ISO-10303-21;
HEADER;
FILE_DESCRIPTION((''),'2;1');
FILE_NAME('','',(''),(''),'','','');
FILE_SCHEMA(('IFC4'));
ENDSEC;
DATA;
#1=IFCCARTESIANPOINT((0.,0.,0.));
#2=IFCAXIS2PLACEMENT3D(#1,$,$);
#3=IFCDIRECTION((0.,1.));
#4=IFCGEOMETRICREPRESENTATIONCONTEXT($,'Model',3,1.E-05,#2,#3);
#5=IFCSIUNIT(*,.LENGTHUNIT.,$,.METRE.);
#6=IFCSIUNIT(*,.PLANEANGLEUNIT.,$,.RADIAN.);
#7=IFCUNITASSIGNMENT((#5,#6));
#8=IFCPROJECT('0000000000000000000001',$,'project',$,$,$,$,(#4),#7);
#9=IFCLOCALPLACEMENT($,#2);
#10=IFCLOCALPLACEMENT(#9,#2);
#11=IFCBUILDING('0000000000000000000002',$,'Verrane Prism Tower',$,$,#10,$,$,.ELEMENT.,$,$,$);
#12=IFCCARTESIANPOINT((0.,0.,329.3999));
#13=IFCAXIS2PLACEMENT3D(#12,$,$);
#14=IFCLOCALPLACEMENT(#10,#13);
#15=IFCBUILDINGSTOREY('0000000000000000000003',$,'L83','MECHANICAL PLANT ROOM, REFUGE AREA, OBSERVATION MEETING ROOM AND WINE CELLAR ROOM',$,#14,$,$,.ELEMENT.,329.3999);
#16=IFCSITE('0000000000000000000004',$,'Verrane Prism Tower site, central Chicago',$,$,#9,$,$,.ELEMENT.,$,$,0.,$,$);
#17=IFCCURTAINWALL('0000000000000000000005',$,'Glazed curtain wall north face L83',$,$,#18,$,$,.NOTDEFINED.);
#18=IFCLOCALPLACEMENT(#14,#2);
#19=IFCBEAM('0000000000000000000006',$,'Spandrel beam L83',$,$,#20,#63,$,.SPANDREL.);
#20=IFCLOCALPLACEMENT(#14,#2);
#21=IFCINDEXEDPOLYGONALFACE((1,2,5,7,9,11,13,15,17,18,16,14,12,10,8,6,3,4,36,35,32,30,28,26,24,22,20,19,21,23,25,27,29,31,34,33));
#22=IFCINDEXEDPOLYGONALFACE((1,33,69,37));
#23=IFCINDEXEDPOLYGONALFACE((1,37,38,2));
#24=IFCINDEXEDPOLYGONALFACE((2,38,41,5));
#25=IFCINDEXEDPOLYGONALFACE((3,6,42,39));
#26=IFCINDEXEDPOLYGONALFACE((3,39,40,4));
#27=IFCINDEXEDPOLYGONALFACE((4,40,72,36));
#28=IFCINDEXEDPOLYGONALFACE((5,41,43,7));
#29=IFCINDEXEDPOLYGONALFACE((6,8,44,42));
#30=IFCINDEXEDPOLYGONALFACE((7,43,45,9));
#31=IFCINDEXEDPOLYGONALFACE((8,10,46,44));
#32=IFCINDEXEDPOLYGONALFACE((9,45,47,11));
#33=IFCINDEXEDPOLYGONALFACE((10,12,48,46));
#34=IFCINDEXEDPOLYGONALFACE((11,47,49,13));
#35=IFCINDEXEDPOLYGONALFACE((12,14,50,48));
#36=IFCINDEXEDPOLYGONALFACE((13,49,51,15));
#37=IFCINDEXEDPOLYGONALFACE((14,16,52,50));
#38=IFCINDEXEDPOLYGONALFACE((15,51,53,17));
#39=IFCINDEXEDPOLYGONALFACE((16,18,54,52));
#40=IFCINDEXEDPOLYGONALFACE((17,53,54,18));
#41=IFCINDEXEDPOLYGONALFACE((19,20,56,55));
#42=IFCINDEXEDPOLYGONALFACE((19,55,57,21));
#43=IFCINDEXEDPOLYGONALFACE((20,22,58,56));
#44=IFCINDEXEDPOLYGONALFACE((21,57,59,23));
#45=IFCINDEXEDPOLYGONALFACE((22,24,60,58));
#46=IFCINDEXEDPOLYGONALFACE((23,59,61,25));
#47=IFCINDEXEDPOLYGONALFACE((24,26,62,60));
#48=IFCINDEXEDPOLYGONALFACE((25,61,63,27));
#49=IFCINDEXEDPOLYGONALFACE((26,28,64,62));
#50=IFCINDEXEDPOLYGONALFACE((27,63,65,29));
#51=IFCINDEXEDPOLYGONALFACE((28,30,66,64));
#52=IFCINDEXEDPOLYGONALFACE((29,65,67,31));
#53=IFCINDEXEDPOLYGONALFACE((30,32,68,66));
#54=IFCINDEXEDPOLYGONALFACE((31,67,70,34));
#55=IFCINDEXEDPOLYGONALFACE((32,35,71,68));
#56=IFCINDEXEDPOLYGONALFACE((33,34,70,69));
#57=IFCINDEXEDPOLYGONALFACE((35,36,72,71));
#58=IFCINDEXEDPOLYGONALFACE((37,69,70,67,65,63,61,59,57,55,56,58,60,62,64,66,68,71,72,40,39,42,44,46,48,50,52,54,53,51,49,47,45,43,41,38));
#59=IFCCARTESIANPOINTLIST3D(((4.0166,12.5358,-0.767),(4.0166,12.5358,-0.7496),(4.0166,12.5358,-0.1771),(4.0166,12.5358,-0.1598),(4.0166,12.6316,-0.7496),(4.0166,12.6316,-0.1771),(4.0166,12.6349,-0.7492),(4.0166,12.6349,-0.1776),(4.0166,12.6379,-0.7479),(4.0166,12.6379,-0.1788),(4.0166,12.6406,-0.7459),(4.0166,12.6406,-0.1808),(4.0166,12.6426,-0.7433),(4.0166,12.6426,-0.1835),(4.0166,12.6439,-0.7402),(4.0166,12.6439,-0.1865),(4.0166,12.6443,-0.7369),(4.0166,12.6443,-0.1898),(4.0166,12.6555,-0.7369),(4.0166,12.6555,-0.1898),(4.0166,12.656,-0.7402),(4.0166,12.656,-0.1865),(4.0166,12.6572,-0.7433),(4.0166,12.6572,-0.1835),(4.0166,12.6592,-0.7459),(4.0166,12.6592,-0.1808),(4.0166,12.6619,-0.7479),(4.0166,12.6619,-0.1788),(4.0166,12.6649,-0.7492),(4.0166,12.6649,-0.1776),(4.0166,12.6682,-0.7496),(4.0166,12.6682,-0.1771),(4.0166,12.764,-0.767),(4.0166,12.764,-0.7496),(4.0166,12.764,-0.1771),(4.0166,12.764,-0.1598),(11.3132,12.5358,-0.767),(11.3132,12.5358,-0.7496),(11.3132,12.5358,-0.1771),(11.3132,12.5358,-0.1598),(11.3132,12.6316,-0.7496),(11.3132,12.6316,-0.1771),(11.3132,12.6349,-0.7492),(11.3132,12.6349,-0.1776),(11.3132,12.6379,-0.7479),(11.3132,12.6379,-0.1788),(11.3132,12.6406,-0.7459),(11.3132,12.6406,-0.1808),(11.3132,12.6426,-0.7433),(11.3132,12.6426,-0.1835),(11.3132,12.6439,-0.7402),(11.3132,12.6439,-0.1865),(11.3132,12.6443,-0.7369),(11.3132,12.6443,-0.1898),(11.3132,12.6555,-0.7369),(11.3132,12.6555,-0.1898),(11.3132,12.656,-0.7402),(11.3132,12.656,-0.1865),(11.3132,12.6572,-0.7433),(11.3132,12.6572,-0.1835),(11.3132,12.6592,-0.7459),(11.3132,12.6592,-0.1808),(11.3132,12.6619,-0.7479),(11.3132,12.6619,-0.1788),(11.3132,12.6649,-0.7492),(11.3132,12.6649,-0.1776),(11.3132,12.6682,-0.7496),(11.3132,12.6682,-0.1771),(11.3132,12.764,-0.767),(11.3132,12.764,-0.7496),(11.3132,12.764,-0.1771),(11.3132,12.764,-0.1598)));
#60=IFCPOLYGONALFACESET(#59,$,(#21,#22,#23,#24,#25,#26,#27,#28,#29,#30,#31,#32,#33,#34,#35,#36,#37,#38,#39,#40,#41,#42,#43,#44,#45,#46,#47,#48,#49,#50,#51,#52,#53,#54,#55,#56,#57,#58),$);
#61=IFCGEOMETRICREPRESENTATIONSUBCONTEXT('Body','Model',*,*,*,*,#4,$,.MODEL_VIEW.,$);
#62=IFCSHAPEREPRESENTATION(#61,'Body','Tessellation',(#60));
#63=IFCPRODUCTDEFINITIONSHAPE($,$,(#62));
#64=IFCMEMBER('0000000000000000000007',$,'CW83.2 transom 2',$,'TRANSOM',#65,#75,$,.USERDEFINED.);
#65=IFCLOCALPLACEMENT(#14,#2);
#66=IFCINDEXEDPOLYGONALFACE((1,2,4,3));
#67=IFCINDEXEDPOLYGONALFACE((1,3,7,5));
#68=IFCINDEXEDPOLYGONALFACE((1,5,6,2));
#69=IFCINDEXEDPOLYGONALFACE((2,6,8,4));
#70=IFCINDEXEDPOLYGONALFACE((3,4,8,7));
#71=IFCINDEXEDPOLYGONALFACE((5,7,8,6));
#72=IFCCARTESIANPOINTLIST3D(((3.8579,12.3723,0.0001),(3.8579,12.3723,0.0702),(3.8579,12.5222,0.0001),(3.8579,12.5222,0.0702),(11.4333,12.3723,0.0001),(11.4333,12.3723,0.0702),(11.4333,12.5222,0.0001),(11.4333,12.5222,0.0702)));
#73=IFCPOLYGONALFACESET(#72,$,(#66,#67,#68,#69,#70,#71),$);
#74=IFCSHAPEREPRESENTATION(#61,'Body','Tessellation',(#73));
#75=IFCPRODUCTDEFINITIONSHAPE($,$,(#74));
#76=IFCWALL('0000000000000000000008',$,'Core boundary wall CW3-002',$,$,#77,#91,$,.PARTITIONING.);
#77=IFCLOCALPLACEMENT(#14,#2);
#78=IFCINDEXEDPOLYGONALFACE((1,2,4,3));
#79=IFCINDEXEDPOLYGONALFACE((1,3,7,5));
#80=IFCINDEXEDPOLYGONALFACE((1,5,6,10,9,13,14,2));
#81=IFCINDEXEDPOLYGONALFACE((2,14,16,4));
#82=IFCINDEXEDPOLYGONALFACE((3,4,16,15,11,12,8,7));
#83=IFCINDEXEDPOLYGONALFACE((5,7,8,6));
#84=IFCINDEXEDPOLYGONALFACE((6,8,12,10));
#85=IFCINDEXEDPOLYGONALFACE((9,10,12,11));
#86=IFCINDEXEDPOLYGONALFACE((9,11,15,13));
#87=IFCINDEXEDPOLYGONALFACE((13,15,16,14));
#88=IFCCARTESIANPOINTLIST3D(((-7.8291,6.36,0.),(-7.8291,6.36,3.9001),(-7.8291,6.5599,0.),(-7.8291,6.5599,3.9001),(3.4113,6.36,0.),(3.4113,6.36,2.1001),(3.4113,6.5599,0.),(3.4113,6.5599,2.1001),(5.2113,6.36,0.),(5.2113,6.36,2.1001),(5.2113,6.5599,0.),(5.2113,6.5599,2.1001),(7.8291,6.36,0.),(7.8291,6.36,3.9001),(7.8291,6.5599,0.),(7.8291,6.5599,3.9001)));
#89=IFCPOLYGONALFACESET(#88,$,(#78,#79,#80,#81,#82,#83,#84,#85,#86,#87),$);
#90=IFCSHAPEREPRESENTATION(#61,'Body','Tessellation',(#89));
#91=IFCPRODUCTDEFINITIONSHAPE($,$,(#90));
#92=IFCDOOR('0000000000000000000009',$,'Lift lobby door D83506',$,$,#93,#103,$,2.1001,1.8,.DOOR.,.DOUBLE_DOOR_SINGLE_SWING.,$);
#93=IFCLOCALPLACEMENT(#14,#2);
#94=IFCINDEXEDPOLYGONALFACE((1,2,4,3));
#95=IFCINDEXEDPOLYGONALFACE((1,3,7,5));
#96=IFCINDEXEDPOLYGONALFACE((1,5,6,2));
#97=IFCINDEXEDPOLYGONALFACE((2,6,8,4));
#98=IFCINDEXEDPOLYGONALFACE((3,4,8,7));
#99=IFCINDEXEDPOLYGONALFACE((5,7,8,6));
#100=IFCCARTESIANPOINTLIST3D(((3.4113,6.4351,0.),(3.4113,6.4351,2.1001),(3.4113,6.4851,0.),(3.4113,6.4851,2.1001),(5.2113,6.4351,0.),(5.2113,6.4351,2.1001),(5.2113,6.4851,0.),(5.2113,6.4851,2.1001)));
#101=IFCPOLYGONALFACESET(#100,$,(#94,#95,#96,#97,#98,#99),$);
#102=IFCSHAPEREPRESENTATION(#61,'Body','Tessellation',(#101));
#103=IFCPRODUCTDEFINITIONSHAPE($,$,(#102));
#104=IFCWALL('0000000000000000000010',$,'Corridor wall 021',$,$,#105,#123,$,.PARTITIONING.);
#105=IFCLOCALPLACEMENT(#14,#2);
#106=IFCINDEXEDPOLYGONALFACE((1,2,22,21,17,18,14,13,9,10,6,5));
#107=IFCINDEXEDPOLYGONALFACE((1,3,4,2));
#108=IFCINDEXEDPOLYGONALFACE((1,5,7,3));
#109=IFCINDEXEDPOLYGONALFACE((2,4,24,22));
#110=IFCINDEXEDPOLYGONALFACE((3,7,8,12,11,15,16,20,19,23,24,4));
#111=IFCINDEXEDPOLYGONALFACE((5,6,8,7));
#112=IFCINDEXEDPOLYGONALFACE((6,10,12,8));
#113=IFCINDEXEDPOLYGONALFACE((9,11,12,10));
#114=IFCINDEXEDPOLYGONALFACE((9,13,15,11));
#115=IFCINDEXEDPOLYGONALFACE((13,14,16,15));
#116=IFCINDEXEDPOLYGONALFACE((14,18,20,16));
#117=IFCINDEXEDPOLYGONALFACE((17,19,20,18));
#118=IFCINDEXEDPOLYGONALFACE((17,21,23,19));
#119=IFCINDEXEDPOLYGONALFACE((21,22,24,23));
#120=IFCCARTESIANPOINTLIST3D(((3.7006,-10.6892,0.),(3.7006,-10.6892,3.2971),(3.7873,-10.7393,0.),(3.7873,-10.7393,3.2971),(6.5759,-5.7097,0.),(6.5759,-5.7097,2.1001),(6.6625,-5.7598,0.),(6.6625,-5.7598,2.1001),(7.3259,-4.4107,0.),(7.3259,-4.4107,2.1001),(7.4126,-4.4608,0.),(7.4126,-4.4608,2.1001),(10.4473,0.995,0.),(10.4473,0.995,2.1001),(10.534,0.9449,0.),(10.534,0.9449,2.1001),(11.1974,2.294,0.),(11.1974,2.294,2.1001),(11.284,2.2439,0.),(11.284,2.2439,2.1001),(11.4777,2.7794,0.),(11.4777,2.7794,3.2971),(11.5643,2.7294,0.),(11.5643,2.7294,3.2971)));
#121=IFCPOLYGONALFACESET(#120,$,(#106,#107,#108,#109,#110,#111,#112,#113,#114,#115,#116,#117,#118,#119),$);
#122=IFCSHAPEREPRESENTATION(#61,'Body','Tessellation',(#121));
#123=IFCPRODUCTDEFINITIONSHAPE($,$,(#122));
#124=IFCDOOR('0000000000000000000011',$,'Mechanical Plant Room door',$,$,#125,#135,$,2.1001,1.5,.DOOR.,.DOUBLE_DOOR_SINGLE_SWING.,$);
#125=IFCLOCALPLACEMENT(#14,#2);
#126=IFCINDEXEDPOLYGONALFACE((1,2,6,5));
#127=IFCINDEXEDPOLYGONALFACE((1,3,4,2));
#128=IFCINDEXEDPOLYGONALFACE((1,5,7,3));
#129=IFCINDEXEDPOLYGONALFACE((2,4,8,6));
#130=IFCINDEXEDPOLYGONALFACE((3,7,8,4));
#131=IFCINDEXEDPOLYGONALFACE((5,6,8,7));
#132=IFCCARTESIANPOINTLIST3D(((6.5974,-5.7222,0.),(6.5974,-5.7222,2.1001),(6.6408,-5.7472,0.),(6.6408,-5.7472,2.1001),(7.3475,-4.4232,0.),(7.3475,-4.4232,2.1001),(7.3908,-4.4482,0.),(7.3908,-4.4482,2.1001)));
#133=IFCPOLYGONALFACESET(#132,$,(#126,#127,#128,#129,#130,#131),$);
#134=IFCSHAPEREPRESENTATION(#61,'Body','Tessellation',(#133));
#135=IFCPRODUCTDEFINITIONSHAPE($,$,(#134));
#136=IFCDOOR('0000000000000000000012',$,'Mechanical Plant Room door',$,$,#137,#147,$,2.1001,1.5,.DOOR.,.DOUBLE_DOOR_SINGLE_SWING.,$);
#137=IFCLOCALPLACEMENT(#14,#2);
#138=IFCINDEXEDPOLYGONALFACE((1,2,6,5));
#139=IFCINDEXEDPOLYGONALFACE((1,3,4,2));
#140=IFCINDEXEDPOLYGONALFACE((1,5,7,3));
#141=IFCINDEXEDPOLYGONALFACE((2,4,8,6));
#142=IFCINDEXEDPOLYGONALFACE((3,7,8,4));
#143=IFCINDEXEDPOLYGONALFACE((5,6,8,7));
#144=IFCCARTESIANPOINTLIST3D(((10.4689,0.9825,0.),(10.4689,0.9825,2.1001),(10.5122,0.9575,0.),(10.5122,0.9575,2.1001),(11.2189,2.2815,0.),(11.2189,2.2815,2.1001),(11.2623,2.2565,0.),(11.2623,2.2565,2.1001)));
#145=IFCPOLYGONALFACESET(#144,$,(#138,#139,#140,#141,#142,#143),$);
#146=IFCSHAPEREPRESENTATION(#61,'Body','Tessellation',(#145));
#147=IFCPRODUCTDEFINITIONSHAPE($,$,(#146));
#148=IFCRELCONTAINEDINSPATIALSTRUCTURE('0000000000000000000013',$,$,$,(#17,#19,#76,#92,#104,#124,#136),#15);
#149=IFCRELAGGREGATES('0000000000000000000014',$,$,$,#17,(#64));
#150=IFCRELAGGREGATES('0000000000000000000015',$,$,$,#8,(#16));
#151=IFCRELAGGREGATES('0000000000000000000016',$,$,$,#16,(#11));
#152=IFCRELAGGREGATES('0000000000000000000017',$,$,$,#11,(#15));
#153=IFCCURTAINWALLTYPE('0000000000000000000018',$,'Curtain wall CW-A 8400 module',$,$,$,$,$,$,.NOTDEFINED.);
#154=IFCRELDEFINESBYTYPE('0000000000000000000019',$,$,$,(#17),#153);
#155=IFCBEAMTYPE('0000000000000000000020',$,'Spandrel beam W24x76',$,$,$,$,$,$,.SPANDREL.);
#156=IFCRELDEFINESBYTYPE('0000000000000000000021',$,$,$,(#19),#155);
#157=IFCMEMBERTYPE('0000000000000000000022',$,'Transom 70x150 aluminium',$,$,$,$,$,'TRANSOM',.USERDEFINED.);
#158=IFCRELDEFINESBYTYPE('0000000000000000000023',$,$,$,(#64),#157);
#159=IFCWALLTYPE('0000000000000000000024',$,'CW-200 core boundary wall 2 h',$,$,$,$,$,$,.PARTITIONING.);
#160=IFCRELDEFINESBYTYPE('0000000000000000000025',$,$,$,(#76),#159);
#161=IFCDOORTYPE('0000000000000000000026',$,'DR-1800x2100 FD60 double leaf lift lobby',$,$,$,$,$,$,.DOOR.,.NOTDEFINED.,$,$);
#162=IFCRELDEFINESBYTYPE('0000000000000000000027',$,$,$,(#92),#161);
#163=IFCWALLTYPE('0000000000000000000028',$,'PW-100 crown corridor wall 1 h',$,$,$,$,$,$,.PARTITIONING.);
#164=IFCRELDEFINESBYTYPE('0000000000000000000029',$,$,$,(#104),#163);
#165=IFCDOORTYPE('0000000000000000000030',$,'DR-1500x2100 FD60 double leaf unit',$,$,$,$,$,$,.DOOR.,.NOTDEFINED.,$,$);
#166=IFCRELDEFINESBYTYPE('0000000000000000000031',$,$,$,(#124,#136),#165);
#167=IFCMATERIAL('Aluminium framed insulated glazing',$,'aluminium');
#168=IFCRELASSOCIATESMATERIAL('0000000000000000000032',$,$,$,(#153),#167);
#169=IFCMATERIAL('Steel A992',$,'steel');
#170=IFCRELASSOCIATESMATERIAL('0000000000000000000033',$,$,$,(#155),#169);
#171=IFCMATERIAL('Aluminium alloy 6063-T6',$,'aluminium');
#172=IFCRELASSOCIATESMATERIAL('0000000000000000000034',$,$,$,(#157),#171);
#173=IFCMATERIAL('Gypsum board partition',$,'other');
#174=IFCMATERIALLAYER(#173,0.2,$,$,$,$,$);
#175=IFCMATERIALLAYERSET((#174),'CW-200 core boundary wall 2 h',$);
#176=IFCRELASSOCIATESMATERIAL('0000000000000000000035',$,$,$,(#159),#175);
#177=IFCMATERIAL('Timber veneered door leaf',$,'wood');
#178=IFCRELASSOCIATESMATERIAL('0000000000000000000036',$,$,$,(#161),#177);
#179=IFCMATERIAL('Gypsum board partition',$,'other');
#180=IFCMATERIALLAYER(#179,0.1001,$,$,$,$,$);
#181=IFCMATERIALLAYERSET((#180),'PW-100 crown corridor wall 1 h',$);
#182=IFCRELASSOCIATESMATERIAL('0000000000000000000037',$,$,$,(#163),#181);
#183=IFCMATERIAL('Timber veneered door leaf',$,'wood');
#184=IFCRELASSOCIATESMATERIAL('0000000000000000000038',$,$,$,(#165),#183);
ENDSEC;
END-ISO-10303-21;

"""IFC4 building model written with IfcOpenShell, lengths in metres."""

from ifc_helpers import new_model, si_unit, direction, frame, frame_2d, origin, origin_2d, place, context, subcontext, project, spatial, rectangle, i_section, extrude, material, layer, layer_set, material_profile, profile_set, type_object, element, fill, aggregate, save


model = new_model("IFC4")

# Units and contexts
model_context = context("Model", 3, precision=1e-05, world=origin(), true_north=direction((0.0, 1.0)))
body_context = subcontext(model_context, "Body", "Model", "MODEL_VIEW")
ifc_project = project(units=[si_unit("LENGTHUNIT", "METRE"), si_unit("PLANEANGLEUNIT", "RADIAN")], contexts=[model_context])

# Site, building, storey
site_placement = place(None, origin())
site = spatial("IfcSite", under=ifc_project, at=site_placement, Name="Verrane Prism Tower site, central Chicago", CompositionType="ELEMENT", RefElevation=0.0)
building_placement = place(site_placement, origin())
building = spatial("IfcBuilding", under=site, at=building_placement, Name="Verrane Prism Tower", CompositionType="ELEMENT")
storey_placement = place(building_placement, frame((0.0, 0.0, 329.3999)))
storey = spatial("IfcBuildingStorey", under=building, at=storey_placement, Name="L83", Description="MECHANICAL PLANT ROOM, REFUGE AREA, OBSERVATION MEETING ROOM AND WINE CELLAR ROOM", CompositionType="ELEMENT", Elevation=329.3999)

# Curtain wall
ifc_material_1 = material(Name="Aluminium framed insulated glazing", Category="aluminium")
curtain_wall_type = type_object("IfcCurtainWallType", Name="Curtain wall CW-A 8400 module", PredefinedType="NOTDEFINED", material=ifc_material_1)
curtain_wall_placement = place(storey_placement, origin())
curtain_wall = element("IfcCurtainWall", 1, at=curtain_wall_placement, inside=storey, type_object=curtain_wall_type, Name="Glazed curtain wall north face L83", PredefinedType="NOTDEFINED")

# Beam
ifc_material_2 = material(Name="Steel A992", Category="steel")
ifc_material_profile_1 = material_profile(ifc_material_2, i_section(OverallWidth=0.2283, OverallDepth=0.6072, WebThickness=0.0112, FlangeThickness=0.0173, FilletRadius=0.0127, at=origin_2d()), Name="W24x76")
ifc_profile_set_1 = profile_set([ifc_material_profile_1], Name="Steel A992")
beam_type_1 = type_object("IfcBeamType", Name="Spandrel beam W24x76", PredefinedType="SPANDREL", material=ifc_profile_set_1)
beam_1_placement = place(storey_placement, frame((11.3132, 12.6499, -0.4634), z_axis=(-1.0, 0.0, 0.0), x_axis=(0.0, -1.0, 0.0)))
element("IfcBeam", 2, at=beam_1_placement, inside=storey, type_object=beam_type_1, Name="Spandrel beam L83", PredefinedType="SPANDREL", context=body_context, shape_type="SweptSolid", body=[
    extrude(i_section(OverallWidth=0.2283, OverallDepth=0.6072, WebThickness=0.0112, FlangeThickness=0.0173, FilletRadius=0.0127, at=origin_2d()), origin(), (0.0, 0.0, 1.0), 7.2966),
])

# Member
ifc_material_3 = material(Name="Aluminium alloy 6063-T6", Category="aluminium")
ifc_material_profile_2 = material_profile(ifc_material_3, rectangle(XDim=0.1499, YDim=0.0701, at=origin_2d()), Name="Transom 70x150 aluminium")
ifc_profile_set_2 = profile_set([ifc_material_profile_2], Name="Aluminium alloy 6063-T6")
member_type_1 = type_object("IfcMemberType", Name="Transom 70x150 aluminium", ElementType="TRANSOM", PredefinedType="USERDEFINED", material=ifc_profile_set_2)
member_1_placement = place(storey_placement, frame((11.4333, 12.4473, 0.0352), z_axis=(-1.0, 0.0, 0.0), x_axis=(0.0, -1.0, 0.0)))
member_1 = element("IfcMember", 3, at=member_1_placement, type_object=member_type_1, Name="CW83.2 transom 2", ObjectType="TRANSOM", PredefinedType="USERDEFINED", context=body_context, shape_type="SweptSolid", body=[
    extrude(rectangle(XDim=0.1499, YDim=0.0701, at=origin_2d()), origin(), (0.0, 0.0, 1.0), 7.5754),
])
aggregate(curtain_wall, [member_1])

# Wall, opening, door
ifc_material_4 = material(Name="Gypsum board partition", Category="other")
ifc_layer_1 = layer(ifc_material_4, 0.2)
ifc_layer_set_1 = layer_set([ifc_layer_1], Name="CW-200 core boundary wall 2 h")
wall_type_1 = type_object("IfcWallType", Name="CW-200 core boundary wall 2 h", PredefinedType="PARTITIONING", material=ifc_layer_set_1)
wall_1_placement = place(storey_placement, frame((7.8291, 6.46, 0.0), z_axis=(0.0, 0.0, 1.0), x_axis=(-1.0, 0.0, 0.0)))
wall_1 = element("IfcWall", 4, at=wall_1_placement, inside=storey, type_object=wall_type_1, Name="Core boundary wall CW3-002", PredefinedType="PARTITIONING", context=body_context, shape_type="SweptSolid", body=[
    extrude(rectangle(XDim=15.6582, YDim=0.2, at=frame_2d((7.8291, 0.0))), origin(), (0.0, 0.0, 1.0), 3.9001),
])
opening_1_placement = place(wall_1_placement, frame((2.6179, 0.0, 0.0)))
opening_1 = element("IfcOpeningElement", 5, at=opening_1_placement, cuts=wall_1, PredefinedType="OPENING", context=body_context, shape_type="SweptSolid", body=[
    extrude(rectangle(XDim=1.8, YDim=2.1001, at=frame_2d((0.8999, 1.05))), frame((0.0, 0.1099, 0.0), z_axis=(0.0, -1.0, 0.0), x_axis=(1.0, 0.0, 0.0)), (0.0, 0.0, 1.0), 0.22),
])
ifc_material_5 = material(Name="Timber veneered door leaf", Category="wood")
door_type_1 = type_object("IfcDoorType", Name="DR-1800x2100 FD60 double leaf lift lobby", OperationType="NOTDEFINED", PredefinedType="DOOR", material=ifc_material_5)
door_1_placement = place(opening_1_placement, origin())
door_1 = element("IfcDoor", 6, at=door_1_placement, inside=storey, type_object=door_type_1, Name="Lift lobby door D83506", OperationType="DOUBLE_DOOR_SINGLE_SWING", OverallHeight=2.1001, OverallWidth=1.8, PredefinedType="DOOR", context=body_context, shape_type="SweptSolid", body=[
    extrude(rectangle(XDim=1.8, YDim=2.1001, at=frame_2d((0.8999, 1.05))), frame((0.0, 0.0249, 0.0), z_axis=(0.0, -1.0, 0.0), x_axis=(1.0, 0.0, 0.0)), (0.0, 0.0, 1.0), 0.05),
])
fill(opening_1, door_1)

# Wall, openings, doors
ifc_material_6 = material(Name="Gypsum board partition", Category="other")
ifc_layer_2 = layer(ifc_material_6, 0.1001)
ifc_layer_set_2 = layer_set([ifc_layer_2], Name="PW-100 crown corridor wall 1 h")
wall_type_2 = type_object("IfcWallType", Name="PW-100 crown corridor wall 1 h", PredefinedType="PARTITIONING", material=ifc_layer_set_2)
wall_2_placement = place(storey_placement, frame((11.521, 2.7544, 0.0), z_axis=(0.0, 0.0, 1.0), x_axis=(-0.500044, -0.866, 0.0)))
wall_2 = element("IfcWall", 7, at=wall_2_placement, inside=storey, type_object=wall_type_2, Name="Corridor wall 021", PredefinedType="PARTITIONING", context=body_context, shape_type="SweptSolid", body=[
    extrude(rectangle(XDim=15.5527, YDim=0.1001, at=frame_2d((7.7764, 0.0))), origin(), (0.0, 0.0, 1.0), 3.2971),
])
opening_2_placement = place(wall_2_placement, frame((8.3027, 0.0, 0.0)))
opening_2 = element("IfcOpeningElement", 8, at=opening_2_placement, cuts=wall_2, PredefinedType="OPENING", context=body_context, shape_type="SweptSolid", body=[
    extrude(rectangle(XDim=1.5, YDim=2.1001, at=frame_2d((0.75, 1.05))), frame((0.0, 0.0601, 0.0), z_axis=(0.0, -1.0, 0.0), x_axis=(1.0, 0.0, 0.0)), (0.0, 0.0, 1.0), 0.1201),
])
opening_3_placement = place(wall_2_placement, frame((0.5605, 0.0, 0.0)))
opening_3 = element("IfcOpeningElement", 9, at=opening_3_placement, cuts=wall_2, PredefinedType="OPENING", context=body_context, shape_type="SweptSolid", body=[
    extrude(rectangle(XDim=1.5, YDim=2.1001, at=frame_2d((0.75, 1.05))), frame((0.0, 0.0601, 0.0), z_axis=(0.0, -1.0, 0.0), x_axis=(1.0, 0.0, 0.0)), (0.0, 0.0, 1.0), 0.1201),
])
ifc_material_7 = material(Name="Timber veneered door leaf", Category="wood")
door_type_2 = type_object("IfcDoorType", Name="DR-1500x2100 FD60 double leaf unit", OperationType="NOTDEFINED", PredefinedType="DOOR", material=ifc_material_7)
door_2_placement = place(opening_2_placement, origin())
door_2 = element("IfcDoor", 10, at=door_2_placement, inside=storey, type_object=door_type_2, Name="Mechanical Plant Room door", OperationType="DOUBLE_DOOR_SINGLE_SWING", OverallHeight=2.1001, OverallWidth=1.5, PredefinedType="DOOR", context=body_context, shape_type="SweptSolid", body=[
    extrude(rectangle(XDim=1.5, YDim=2.1001, at=frame_2d((0.75, 1.05))), frame((0.0, 0.0249, 0.0), z_axis=(0.0, -1.0, 0.0), x_axis=(1.0, 0.0, 0.0)), (0.0, 0.0, 1.0), 0.05),
])
fill(opening_2, door_2)
door_3_placement = place(opening_3_placement, origin())
door_3 = element("IfcDoor", 11, at=door_3_placement, inside=storey, type_object=door_type_2, Name="Mechanical Plant Room door", OperationType="DOUBLE_DOOR_SINGLE_SWING", OverallHeight=2.1001, OverallWidth=1.5, PredefinedType="DOOR", context=body_context, shape_type="SweptSolid", body=[
    extrude(rectangle(XDim=1.5, YDim=2.1001, at=frame_2d((0.75, 1.05))), frame((0.0, 0.0249, 0.0), z_axis=(0.0, -1.0, 0.0), x_axis=(1.0, 0.0, 0.0)), (0.0, 0.0, 1.0), 0.05),
])
fill(opening_3, door_3)

save(model, "model.ifc")
